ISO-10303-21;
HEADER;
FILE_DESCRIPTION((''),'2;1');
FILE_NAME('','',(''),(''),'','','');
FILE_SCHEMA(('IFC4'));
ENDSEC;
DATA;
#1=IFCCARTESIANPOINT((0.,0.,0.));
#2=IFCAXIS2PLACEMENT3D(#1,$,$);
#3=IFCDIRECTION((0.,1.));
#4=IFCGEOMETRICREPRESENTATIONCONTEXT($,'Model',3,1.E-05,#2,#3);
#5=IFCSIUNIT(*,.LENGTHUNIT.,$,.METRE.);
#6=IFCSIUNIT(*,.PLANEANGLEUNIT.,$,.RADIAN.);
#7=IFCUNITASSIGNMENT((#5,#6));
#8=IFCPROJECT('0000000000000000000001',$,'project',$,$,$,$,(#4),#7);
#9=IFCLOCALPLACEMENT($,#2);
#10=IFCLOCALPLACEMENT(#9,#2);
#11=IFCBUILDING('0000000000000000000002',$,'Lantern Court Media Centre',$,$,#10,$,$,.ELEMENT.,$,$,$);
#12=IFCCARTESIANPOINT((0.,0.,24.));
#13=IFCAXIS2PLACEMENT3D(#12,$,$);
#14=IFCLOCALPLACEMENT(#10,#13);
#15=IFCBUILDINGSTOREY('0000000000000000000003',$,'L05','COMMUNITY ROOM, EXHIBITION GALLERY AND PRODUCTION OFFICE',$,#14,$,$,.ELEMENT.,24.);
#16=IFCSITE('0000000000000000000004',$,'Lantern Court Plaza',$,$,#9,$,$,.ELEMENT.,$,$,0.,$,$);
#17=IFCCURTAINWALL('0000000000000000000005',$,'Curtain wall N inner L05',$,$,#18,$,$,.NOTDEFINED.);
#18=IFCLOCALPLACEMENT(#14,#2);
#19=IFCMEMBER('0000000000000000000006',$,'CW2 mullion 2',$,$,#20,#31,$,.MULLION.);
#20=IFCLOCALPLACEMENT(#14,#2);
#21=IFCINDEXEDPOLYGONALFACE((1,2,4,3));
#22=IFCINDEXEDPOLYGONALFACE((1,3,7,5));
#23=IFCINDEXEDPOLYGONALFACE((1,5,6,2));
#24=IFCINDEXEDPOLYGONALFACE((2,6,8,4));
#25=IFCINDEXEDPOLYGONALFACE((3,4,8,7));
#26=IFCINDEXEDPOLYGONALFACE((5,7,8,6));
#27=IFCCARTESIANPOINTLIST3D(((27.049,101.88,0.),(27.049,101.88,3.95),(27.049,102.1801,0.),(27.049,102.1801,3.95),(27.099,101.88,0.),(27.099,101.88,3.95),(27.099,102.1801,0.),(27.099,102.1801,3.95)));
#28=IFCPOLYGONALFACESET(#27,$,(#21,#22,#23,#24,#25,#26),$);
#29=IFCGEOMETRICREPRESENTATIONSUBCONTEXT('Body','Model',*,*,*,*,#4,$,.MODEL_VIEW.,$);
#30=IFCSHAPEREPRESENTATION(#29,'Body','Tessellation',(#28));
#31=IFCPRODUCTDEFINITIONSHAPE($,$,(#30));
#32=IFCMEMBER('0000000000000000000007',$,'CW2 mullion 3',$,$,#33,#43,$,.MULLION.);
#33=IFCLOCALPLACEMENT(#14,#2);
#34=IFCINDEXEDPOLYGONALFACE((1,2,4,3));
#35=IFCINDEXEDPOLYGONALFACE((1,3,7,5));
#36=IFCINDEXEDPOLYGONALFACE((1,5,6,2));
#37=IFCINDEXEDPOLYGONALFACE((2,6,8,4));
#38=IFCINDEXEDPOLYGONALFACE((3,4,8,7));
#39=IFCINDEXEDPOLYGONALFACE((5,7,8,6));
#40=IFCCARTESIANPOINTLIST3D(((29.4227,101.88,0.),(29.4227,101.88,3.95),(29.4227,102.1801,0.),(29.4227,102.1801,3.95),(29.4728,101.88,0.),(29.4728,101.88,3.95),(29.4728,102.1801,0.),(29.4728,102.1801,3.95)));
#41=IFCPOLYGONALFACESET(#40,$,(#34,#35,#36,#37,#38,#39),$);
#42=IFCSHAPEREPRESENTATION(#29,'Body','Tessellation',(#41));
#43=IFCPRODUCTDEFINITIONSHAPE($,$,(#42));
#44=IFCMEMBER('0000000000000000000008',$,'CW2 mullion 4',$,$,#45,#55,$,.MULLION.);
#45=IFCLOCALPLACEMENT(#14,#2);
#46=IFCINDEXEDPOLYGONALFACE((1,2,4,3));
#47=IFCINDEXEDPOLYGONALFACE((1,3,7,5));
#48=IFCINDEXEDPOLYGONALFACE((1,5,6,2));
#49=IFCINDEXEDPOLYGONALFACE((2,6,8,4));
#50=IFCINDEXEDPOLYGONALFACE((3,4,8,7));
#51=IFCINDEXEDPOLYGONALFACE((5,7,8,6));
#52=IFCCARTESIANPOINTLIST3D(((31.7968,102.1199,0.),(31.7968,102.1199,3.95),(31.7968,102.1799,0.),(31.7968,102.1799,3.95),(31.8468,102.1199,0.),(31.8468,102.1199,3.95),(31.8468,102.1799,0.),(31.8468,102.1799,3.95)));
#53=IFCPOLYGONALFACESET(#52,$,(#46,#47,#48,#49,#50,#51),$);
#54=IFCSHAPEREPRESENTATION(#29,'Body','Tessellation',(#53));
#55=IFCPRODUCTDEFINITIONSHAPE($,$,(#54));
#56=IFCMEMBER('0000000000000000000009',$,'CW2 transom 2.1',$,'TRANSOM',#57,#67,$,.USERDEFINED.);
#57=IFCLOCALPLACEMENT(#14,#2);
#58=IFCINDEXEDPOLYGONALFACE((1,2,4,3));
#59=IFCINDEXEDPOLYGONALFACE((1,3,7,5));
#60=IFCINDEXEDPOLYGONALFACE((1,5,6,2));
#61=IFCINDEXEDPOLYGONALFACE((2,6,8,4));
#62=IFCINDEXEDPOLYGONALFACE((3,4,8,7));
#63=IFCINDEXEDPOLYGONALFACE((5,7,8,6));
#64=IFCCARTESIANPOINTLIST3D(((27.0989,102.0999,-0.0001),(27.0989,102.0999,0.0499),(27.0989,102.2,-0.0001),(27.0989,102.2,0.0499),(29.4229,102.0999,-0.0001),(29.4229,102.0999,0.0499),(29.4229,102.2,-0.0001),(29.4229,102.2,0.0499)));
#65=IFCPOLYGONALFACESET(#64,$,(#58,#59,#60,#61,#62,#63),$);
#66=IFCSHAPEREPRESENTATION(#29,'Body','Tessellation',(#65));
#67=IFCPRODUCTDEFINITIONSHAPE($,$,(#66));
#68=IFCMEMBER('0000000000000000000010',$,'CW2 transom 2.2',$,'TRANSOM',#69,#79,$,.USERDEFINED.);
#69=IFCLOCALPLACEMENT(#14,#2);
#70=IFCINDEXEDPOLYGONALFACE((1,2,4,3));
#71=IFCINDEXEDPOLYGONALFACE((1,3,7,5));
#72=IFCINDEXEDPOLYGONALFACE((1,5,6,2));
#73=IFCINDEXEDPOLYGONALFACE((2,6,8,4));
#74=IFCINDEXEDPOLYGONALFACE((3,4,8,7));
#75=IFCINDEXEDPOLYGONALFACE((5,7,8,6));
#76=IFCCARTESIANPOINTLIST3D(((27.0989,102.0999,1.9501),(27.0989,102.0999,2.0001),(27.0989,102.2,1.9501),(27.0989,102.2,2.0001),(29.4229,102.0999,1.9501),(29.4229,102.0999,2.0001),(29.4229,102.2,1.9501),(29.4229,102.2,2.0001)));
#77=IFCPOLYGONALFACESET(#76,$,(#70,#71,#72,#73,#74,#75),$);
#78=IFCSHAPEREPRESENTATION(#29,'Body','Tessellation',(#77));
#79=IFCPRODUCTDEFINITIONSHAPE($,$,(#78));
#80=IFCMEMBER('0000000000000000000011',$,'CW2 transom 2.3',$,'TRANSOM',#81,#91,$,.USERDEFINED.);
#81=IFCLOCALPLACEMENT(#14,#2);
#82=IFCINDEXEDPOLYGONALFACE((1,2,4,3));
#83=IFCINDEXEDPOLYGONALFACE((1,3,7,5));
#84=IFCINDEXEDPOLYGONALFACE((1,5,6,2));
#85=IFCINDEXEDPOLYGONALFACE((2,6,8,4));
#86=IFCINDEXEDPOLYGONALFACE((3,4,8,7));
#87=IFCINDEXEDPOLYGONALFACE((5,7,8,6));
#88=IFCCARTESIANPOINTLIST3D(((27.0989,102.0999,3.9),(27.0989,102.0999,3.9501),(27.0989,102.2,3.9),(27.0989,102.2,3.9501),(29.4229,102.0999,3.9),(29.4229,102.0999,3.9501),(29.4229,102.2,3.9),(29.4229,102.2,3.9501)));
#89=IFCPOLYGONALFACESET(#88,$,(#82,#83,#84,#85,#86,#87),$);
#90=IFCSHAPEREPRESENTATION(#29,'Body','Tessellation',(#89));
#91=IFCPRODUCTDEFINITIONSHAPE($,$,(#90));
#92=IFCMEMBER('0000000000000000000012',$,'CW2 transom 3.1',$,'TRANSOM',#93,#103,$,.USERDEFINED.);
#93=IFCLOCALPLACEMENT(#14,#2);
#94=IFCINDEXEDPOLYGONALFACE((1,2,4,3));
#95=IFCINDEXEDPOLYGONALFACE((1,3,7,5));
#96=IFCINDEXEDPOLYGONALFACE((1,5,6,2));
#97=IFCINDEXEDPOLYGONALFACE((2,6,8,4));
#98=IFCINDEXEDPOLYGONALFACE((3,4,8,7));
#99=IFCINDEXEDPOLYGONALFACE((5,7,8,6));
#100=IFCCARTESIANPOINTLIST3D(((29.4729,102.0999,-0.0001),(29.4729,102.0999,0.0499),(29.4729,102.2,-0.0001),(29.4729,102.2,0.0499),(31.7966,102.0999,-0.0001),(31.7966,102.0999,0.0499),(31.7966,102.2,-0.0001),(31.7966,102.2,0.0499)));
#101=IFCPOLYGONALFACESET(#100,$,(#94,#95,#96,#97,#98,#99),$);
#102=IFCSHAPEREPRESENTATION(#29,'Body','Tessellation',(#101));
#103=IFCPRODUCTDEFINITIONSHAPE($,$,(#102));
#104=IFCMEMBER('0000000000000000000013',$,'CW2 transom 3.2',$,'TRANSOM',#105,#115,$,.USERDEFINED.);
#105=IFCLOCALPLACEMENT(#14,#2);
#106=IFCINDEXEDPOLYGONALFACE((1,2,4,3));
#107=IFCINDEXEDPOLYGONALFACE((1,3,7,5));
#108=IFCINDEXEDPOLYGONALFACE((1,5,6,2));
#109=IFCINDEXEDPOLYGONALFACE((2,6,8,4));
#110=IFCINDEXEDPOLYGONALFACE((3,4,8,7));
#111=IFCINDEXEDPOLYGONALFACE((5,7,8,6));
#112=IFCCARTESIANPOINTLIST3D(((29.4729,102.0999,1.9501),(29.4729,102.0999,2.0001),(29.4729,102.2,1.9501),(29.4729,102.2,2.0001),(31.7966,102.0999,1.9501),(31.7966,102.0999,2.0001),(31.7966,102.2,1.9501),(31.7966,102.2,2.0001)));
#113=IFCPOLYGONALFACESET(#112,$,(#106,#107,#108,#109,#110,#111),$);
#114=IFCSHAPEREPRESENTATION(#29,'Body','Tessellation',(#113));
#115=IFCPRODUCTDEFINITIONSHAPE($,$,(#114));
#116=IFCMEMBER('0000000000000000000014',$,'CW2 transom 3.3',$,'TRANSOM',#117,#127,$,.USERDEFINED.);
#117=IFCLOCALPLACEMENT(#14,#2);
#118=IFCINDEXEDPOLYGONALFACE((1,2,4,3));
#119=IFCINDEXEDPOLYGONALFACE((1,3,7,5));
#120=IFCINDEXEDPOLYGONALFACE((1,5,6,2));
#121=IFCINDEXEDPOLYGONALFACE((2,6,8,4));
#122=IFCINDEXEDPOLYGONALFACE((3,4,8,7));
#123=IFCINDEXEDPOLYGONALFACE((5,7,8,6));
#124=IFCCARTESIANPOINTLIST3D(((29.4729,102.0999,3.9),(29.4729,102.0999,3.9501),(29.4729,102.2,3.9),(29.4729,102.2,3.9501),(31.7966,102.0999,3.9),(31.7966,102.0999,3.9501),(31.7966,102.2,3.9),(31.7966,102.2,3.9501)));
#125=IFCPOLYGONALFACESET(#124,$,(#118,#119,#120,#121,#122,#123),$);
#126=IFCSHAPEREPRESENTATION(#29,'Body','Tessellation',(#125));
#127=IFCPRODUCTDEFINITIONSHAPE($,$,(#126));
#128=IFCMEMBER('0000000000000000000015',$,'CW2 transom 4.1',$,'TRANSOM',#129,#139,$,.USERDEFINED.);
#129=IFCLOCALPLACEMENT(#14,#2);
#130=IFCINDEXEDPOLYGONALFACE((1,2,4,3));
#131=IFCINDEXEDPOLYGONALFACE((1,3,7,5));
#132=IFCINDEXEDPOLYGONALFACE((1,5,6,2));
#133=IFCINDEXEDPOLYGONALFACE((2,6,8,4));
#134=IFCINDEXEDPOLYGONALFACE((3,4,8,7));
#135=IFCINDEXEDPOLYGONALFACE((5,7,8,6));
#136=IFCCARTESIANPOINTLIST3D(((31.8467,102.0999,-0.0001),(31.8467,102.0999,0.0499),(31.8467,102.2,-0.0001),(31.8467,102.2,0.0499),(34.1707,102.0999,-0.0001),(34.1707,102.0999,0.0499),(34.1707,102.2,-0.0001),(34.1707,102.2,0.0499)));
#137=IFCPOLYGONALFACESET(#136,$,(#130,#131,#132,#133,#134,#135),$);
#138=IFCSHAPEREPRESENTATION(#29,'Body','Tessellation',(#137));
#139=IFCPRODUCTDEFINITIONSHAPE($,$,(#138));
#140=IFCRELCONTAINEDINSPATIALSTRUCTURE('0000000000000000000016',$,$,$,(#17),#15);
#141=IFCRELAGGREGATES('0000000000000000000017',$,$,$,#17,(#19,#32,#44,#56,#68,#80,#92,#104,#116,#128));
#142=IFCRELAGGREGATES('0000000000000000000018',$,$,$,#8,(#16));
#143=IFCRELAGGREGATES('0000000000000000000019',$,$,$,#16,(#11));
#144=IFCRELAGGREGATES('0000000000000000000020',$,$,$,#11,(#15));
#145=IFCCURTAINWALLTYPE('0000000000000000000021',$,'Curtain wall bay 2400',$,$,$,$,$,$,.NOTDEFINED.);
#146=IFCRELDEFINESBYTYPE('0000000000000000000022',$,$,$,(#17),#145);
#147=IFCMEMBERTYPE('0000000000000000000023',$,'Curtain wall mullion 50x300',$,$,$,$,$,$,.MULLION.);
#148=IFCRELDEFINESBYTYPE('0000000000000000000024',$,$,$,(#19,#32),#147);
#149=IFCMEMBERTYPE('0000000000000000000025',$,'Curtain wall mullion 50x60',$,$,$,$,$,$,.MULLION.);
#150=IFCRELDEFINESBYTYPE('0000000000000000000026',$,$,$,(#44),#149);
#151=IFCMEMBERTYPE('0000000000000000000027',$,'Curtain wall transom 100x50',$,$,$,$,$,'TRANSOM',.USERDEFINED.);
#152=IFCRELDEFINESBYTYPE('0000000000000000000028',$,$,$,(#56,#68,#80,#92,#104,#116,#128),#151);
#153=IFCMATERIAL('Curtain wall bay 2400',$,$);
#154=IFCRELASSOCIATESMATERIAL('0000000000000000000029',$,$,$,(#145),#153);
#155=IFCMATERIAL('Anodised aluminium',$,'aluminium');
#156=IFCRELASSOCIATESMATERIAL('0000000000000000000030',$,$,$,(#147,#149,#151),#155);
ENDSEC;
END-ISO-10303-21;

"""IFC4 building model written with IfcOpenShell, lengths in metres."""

from ifc_helpers import new_model, si_unit, direction, frame, origin, origin_2d, place, context, subcontext, project, spatial, rectangle, extrude, material, material_profile, profile_set, type_object, element, aggregate, save


model = new_model("IFC4")

# Units and contexts
model_context = context("Model", 3, precision=1e-05, world=origin(), true_north=direction((0.0, 1.0)))
body_context = subcontext(model_context, "Body", "Model", "MODEL_VIEW")
ifc_project = project(units=[si_unit("LENGTHUNIT", "METRE"), si_unit("PLANEANGLEUNIT", "RADIAN")], contexts=[model_context])

# Site, building, storey
site_placement = place(None, origin())
site = spatial("IfcSite", under=ifc_project, at=site_placement, Name="Lantern Court Plaza", CompositionType="ELEMENT", RefElevation=0.0)
building_placement = place(site_placement, origin())
building = spatial("IfcBuilding", under=site, at=building_placement, Name="Lantern Court Media Centre", CompositionType="ELEMENT")
storey_placement = place(building_placement, frame((0.0, 0.0, 24.0)))
storey = spatial("IfcBuildingStorey", under=building, at=storey_placement, Name="L05", Description="COMMUNITY ROOM, EXHIBITION GALLERY AND PRODUCTION OFFICE", CompositionType="ELEMENT", Elevation=24.0)

# Curtain wall, members
ifc_material_1 = material(Name="Curtain wall bay 2400")
curtain_wall_type = type_object("IfcCurtainWallType", Name="Curtain wall bay 2400", PredefinedType="NOTDEFINED", material=ifc_material_1)
curtain_wall_placement = place(storey_placement, origin())
curtain_wall = element("IfcCurtainWall", 1, at=curtain_wall_placement, inside=storey, type_object=curtain_wall_type, Name="Curtain wall N inner L05", PredefinedType="NOTDEFINED")
ifc_material_2 = material(Name="Anodised aluminium", Category="aluminium")
ifc_material_profile_1 = material_profile(ifc_material_2, rectangle(XDim=0.3, YDim=0.05, at=origin_2d()), Name="AL 50x300")
ifc_profile_set_1 = profile_set([ifc_material_profile_1], Name="Anodised aluminium")
member_type_1 = type_object("IfcMemberType", Name="Curtain wall mullion 50x300", PredefinedType="MULLION", material=ifc_profile_set_1)
member_1_placement = place(storey_placement, frame((27.074, 102.03, 0.0), z_axis=(0.0, 0.0, 1.0), x_axis=(0.0, 1.0, 0.0)))
member_1 = element("IfcMember", 2, at=member_1_placement, type_object=member_type_1, Name="CW2 mullion 2", PredefinedType="MULLION", context=body_context, shape_type="SweptSolid", body=[
    extrude(rectangle(XDim=0.3, YDim=0.05, at=origin_2d()), origin(), (0.0, 0.0, 1.0), 3.95),
])
member_2_placement = place(storey_placement, frame((29.4478, 102.03, 0.0), z_axis=(0.0, 0.0, 1.0), x_axis=(0.0, 1.0, 0.0)))
member_2 = element("IfcMember", 3, at=member_2_placement, type_object=member_type_1, Name="CW2 mullion 3", PredefinedType="MULLION", context=body_context, shape_type="SweptSolid", body=[
    extrude(rectangle(XDim=0.3, YDim=0.05, at=origin_2d()), origin(), (0.0, 0.0, 1.0), 3.95),
])
ifc_material_profile_2 = material_profile(ifc_material_2, rectangle(XDim=0.0601, YDim=0.05, at=origin_2d()), Name="AL 50x60")
ifc_profile_set_2 = profile_set([ifc_material_profile_2], Name="Anodised aluminium")
member_type_2 = type_object("IfcMemberType", Name="Curtain wall mullion 50x60", PredefinedType="MULLION", material=ifc_profile_set_2)
member_3_placement = place(storey_placement, frame((31.8218, 102.1499, 0.0), z_axis=(0.0, 0.0, 1.0), x_axis=(0.0, 1.0, 0.0)))
member_3 = element("IfcMember", 4, at=member_3_placement, type_object=member_type_2, Name="CW2 mullion 4", PredefinedType="MULLION", context=body_context, shape_type="SweptSolid", body=[
    extrude(rectangle(XDim=0.0601, YDim=0.05, at=origin_2d()), origin(), (0.0, 0.0, 1.0), 3.95),
])
ifc_material_profile_3 = material_profile(ifc_material_2, rectangle(XDim=0.1001, YDim=0.05, at=origin_2d()), Name="AL 50x100")
ifc_profile_set_3 = profile_set([ifc_material_profile_3], Name="Anodised aluminium")
member_type_3 = type_object("IfcMemberType", Name="Curtain wall transom 100x50", ElementType="TRANSOM", PredefinedType="USERDEFINED", material=ifc_profile_set_3)
member_4_placement = place(storey_placement, frame((27.0989, 102.1499, 0.0249), z_axis=(1.0, 0.0, 0.0), x_axis=(0.0, 1.0, 0.0)))
member_4 = element("IfcMember", 5, at=member_4_placement, type_object=member_type_3, Name="CW2 transom 2.1", ObjectType="TRANSOM", PredefinedType="USERDEFINED", context=body_context, shape_type="SweptSolid", body=[
    extrude(rectangle(XDim=0.1001, YDim=0.05, at=origin_2d()), origin(), (0.0, 0.0, 1.0), 2.324),
])
member_5_placement = place(storey_placement, frame((27.0989, 102.1499, 1.9751), z_axis=(1.0, 0.0, 0.0), x_axis=(0.0, 1.0, 0.0)))
member_5 = element("IfcMember", 6, at=member_5_placement, type_object=member_type_3, Name="CW2 transom 2.2", ObjectType="TRANSOM", PredefinedType="USERDEFINED", context=body_context, shape_type="SweptSolid", body=[
    extrude(rectangle(XDim=0.1001, YDim=0.05, at=origin_2d()), origin(), (0.0, 0.0, 1.0), 2.324),
])
member_6_placement = place(storey_placement, frame((27.0989, 102.1499, 3.925), z_axis=(1.0, 0.0, 0.0), x_axis=(0.0, 1.0, 0.0)))
member_6 = element("IfcMember", 7, at=member_6_placement, type_object=member_type_3, Name="CW2 transom 2.3", ObjectType="TRANSOM", PredefinedType="USERDEFINED", context=body_context, shape_type="SweptSolid", body=[
    extrude(rectangle(XDim=0.1001, YDim=0.05, at=origin_2d()), origin(), (0.0, 0.0, 1.0), 2.324),
])
member_7_placement = place(storey_placement, frame((29.4729, 102.1499, 0.0249), z_axis=(1.0, 0.0, 0.0), x_axis=(0.0, 1.0, 0.0)))
member_7 = element("IfcMember", 8, at=member_7_placement, type_object=member_type_3, Name="CW2 transom 3.1", ObjectType="TRANSOM", PredefinedType="USERDEFINED", context=body_context, shape_type="SweptSolid", body=[
    extrude(rectangle(XDim=0.1001, YDim=0.05, at=origin_2d()), origin(), (0.0, 0.0, 1.0), 2.3237),
])
member_8_placement = place(storey_placement, frame((29.4729, 102.1499, 1.9751), z_axis=(1.0, 0.0, 0.0), x_axis=(0.0, 1.0, 0.0)))
member_8 = element("IfcMember", 9, at=member_8_placement, type_object=member_type_3, Name="CW2 transom 3.2", ObjectType="TRANSOM", PredefinedType="USERDEFINED", context=body_context, shape_type="SweptSolid", body=[
    extrude(rectangle(XDim=0.1001, YDim=0.05, at=origin_2d()), origin(), (0.0, 0.0, 1.0), 2.3237),
])
member_9_placement = place(storey_placement, frame((29.4729, 102.1499, 3.925), z_axis=(1.0, 0.0, 0.0), x_axis=(0.0, 1.0, 0.0)))
member_9 = element("IfcMember", 10, at=member_9_placement, type_object=member_type_3, Name="CW2 transom 3.3", ObjectType="TRANSOM", PredefinedType="USERDEFINED", context=body_context, shape_type="SweptSolid", body=[
    extrude(rectangle(XDim=0.1001, YDim=0.05, at=origin_2d()), origin(), (0.0, 0.0, 1.0), 2.3237),
])
member_10_placement = place(storey_placement, frame((31.8467, 102.1499, 0.0249), z_axis=(1.0, 0.0, 0.0), x_axis=(0.0, 1.0, 0.0)))
member_10 = element("IfcMember", 11, at=member_10_placement, type_object=member_type_3, Name="CW2 transom 4.1", ObjectType="TRANSOM", PredefinedType="USERDEFINED", context=body_context, shape_type="SweptSolid", body=[
    extrude(rectangle(XDim=0.1001, YDim=0.05, at=origin_2d()), origin(), (0.0, 0.0, 1.0), 2.324),
])

aggregate(curtain_wall, [member_1, member_2, member_3, member_4, member_5, member_6, member_7, member_8, member_9, member_10])

save(model, "model.ifc")
